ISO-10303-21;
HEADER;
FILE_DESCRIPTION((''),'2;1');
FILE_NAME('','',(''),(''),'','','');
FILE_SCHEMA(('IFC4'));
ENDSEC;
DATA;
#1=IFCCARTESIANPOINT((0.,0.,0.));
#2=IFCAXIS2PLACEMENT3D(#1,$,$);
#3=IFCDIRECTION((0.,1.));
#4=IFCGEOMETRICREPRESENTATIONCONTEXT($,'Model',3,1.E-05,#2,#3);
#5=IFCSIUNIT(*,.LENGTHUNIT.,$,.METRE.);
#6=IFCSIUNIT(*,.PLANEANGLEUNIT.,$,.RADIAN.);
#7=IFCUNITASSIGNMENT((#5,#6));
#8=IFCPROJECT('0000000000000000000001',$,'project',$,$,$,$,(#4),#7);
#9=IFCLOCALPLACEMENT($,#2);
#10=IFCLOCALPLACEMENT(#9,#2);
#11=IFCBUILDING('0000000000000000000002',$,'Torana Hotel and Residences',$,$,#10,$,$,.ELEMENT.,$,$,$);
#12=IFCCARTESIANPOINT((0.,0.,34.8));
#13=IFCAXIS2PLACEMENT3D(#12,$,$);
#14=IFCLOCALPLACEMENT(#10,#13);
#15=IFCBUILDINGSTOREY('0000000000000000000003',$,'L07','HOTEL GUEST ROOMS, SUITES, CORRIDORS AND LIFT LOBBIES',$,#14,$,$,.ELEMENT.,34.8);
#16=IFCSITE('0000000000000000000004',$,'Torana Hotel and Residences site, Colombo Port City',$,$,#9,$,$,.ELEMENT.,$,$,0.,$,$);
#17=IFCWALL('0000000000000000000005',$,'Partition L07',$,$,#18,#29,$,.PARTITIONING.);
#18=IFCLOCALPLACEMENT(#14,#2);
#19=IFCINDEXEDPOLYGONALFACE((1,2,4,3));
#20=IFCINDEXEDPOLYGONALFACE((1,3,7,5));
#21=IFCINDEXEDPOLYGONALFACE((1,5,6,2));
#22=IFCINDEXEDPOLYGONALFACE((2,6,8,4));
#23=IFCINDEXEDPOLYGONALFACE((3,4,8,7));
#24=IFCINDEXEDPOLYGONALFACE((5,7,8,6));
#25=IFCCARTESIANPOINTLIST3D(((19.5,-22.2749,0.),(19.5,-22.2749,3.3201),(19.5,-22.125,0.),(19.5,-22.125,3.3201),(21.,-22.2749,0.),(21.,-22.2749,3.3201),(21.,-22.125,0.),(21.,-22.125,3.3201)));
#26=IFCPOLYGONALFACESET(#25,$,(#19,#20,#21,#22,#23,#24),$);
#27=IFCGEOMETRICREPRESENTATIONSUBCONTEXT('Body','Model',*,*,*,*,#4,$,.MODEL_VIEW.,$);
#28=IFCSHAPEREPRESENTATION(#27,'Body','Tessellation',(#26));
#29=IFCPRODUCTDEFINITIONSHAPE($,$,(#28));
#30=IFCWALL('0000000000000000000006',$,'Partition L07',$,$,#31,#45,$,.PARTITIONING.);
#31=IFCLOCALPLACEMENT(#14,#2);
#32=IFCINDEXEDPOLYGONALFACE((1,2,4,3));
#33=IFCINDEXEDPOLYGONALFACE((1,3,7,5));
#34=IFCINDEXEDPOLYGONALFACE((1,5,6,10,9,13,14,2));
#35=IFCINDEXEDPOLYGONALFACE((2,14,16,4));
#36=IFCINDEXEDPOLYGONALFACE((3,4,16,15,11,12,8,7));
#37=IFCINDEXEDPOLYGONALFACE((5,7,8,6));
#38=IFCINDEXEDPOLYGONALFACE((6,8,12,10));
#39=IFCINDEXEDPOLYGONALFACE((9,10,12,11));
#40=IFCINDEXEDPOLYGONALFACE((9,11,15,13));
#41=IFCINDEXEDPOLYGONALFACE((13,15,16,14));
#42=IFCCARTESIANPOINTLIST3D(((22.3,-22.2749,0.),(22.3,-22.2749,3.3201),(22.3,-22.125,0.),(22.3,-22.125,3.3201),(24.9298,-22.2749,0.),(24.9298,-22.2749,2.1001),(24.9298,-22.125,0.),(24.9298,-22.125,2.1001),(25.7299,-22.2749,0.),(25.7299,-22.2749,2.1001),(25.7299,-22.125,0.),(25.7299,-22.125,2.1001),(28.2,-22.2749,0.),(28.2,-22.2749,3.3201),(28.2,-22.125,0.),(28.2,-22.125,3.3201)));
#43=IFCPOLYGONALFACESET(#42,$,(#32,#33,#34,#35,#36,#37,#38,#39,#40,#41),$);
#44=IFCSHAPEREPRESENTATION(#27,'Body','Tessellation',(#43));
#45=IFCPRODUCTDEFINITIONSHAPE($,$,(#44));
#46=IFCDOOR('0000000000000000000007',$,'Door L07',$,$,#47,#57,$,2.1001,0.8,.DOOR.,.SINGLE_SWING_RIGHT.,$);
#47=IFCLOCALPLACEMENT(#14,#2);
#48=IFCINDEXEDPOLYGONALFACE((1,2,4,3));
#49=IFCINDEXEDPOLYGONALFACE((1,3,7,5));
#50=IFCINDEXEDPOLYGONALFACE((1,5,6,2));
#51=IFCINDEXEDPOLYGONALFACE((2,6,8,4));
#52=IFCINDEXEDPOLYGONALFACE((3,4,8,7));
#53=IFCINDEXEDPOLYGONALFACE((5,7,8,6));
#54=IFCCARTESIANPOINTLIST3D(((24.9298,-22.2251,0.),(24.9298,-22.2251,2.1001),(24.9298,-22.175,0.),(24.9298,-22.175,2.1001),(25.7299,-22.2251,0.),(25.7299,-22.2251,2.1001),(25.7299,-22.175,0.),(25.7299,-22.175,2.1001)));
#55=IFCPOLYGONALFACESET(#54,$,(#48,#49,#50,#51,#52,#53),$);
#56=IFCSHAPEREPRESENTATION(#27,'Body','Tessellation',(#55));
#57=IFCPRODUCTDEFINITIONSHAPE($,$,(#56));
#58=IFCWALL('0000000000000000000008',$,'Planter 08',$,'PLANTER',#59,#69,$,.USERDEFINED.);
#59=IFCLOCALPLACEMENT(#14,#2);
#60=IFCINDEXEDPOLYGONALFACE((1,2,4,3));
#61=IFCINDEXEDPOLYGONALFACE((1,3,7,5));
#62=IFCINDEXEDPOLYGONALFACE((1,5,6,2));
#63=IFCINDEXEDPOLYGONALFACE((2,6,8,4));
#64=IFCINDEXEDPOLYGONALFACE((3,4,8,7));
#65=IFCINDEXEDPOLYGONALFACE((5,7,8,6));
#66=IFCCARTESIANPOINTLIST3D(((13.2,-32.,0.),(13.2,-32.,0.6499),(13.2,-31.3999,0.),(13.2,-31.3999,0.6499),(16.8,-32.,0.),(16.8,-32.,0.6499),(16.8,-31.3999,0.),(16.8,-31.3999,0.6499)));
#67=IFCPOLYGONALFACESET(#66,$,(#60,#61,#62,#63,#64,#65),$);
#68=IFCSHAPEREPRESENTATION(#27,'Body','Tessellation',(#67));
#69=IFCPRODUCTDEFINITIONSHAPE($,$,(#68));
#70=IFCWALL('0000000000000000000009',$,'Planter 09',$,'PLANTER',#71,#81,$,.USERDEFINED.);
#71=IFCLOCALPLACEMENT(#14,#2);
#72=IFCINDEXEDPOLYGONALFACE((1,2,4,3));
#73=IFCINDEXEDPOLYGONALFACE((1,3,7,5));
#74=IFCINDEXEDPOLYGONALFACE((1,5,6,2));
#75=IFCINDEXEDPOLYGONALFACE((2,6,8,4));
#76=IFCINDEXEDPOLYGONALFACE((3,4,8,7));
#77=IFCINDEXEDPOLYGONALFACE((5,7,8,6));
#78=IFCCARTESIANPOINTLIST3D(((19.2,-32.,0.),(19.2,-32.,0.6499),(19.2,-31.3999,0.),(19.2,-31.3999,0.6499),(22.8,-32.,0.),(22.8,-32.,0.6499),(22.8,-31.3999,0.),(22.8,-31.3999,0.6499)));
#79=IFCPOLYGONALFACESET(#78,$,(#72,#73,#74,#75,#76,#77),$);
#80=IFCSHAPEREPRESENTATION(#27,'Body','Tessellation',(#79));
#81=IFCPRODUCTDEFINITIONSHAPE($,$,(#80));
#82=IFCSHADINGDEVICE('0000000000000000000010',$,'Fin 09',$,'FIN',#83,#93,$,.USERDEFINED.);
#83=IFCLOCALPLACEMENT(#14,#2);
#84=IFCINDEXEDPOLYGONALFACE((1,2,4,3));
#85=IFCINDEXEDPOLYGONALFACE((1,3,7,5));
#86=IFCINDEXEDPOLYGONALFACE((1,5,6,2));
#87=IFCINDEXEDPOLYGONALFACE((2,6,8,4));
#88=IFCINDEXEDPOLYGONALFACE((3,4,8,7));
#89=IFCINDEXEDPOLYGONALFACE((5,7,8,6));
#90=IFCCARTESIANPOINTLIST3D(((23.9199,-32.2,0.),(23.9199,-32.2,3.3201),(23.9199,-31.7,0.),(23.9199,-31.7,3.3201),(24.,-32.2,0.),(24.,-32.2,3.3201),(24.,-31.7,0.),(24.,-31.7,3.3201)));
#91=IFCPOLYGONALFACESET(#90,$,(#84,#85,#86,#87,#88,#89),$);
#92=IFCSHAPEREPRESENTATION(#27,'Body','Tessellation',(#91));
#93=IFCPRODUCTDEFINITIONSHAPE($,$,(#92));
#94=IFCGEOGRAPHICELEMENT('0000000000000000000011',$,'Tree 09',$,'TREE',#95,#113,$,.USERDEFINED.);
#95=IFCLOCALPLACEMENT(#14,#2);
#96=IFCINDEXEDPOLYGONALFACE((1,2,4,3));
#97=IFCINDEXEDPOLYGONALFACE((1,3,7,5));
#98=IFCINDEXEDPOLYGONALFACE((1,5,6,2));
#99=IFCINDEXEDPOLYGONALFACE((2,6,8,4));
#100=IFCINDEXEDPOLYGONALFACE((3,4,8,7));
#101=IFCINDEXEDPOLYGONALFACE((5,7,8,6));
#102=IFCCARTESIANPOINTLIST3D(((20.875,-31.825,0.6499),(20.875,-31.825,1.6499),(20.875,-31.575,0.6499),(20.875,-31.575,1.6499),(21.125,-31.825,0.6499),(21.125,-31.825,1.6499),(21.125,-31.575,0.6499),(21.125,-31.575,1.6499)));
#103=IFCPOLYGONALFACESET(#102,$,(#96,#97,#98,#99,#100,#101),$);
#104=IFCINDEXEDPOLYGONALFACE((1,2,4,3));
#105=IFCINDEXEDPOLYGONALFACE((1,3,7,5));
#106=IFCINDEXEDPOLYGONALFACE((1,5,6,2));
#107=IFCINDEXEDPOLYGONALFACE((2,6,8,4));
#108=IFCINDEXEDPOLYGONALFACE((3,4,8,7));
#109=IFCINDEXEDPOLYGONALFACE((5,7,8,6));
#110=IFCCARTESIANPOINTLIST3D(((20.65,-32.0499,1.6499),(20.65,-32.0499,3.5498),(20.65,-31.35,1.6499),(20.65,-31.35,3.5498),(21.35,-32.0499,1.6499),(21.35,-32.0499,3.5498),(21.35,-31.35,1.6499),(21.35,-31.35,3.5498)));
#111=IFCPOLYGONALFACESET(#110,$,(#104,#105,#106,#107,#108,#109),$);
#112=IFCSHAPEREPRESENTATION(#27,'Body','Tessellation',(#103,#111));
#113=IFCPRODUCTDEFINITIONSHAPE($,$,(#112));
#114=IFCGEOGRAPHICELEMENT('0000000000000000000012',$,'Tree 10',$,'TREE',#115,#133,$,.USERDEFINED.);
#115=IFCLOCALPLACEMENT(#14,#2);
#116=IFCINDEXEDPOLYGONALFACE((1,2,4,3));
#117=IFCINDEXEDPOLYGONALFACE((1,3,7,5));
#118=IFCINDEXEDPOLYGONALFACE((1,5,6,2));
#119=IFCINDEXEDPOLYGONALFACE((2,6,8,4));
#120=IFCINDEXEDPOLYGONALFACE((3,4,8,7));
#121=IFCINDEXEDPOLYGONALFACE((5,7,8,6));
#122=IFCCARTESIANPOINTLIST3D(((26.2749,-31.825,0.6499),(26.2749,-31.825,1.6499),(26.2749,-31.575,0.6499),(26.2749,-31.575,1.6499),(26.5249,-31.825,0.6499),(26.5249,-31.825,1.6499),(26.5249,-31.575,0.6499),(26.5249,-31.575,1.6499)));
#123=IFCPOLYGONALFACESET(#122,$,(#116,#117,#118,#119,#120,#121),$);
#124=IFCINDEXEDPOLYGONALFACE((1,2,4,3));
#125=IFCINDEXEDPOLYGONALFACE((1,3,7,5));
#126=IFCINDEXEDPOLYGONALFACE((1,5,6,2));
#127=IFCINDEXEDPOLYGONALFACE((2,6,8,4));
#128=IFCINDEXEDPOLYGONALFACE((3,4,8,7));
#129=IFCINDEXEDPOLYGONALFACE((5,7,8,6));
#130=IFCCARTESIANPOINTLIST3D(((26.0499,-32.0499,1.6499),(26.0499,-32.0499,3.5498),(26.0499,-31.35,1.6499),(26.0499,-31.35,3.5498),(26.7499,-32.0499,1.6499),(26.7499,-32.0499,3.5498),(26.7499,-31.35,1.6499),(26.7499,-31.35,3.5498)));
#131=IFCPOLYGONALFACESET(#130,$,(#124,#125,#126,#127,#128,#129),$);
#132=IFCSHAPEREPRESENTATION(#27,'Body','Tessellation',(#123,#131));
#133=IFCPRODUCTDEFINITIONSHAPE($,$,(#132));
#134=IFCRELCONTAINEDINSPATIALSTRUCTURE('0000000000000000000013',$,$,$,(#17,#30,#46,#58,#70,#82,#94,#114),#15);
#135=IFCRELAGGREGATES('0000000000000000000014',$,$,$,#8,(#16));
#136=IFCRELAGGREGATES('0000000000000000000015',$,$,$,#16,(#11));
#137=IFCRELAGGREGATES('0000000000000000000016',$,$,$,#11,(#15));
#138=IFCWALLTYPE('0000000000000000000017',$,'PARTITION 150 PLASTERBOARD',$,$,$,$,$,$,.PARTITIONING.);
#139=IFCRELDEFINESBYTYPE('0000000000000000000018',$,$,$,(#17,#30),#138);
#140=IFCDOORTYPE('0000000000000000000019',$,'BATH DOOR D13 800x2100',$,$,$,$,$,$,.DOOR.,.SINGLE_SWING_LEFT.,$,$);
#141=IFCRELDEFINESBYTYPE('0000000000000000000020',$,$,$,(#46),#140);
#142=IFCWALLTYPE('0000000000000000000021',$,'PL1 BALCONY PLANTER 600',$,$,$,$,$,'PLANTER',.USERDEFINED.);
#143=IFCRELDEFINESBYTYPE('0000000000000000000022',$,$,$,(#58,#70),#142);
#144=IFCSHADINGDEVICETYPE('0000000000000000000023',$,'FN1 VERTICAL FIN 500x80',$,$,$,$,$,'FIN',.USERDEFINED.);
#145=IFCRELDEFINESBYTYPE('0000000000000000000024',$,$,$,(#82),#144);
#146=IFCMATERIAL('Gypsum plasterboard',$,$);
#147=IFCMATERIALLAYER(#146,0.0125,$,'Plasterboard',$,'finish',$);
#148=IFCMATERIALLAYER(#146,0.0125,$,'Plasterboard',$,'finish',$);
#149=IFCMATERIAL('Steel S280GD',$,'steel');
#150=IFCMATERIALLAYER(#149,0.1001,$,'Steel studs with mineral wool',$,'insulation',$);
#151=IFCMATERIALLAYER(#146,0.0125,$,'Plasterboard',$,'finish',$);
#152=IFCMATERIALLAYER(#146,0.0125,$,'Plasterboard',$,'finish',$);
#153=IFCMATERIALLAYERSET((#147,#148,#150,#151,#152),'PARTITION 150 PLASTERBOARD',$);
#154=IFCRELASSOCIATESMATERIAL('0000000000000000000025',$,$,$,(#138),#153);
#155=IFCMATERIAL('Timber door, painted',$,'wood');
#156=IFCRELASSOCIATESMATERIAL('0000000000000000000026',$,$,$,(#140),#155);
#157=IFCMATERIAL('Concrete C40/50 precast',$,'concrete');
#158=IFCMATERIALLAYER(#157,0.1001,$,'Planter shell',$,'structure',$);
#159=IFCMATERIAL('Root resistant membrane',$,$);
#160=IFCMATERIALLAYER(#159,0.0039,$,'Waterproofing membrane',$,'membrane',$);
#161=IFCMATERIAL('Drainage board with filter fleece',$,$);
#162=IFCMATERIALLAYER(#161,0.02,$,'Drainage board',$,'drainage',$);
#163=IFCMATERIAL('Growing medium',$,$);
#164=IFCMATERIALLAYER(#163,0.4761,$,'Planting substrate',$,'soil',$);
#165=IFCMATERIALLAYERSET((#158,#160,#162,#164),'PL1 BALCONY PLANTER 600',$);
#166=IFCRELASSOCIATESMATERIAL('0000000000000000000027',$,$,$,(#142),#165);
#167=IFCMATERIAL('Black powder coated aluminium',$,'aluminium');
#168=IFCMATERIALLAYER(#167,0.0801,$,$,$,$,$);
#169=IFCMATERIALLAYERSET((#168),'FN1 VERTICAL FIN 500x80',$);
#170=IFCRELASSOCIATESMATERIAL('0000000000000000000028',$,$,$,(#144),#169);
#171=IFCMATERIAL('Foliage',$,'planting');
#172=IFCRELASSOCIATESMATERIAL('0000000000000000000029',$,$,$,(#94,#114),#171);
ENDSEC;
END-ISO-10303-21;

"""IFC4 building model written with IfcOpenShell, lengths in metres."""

from ifc_helpers import new_model, si_unit, direction, frame, frame_2d, origin, origin_2d, place, context, subcontext, project, spatial, rectangle, extrude, material, layer, layer_set, type_object, element, fill, save


model = new_model("IFC4")

# Units and contexts
model_context = context("Model", 3, precision=1e-05, world=origin(), true_north=direction((0.0, 1.0)))
body_context = subcontext(model_context, "Body", "Model", "MODEL_VIEW")
ifc_project = project(units=[si_unit("LENGTHUNIT", "METRE"), si_unit("PLANEANGLEUNIT", "RADIAN")], contexts=[model_context])

# Site, building, storey
site_placement = place(None, origin())
site = spatial("IfcSite", under=ifc_project, at=site_placement, Name="Torana Hotel and Residences site, Colombo Port City", CompositionType="ELEMENT", RefElevation=0.0)
building_placement = place(site_placement, origin())
building = spatial("IfcBuilding", under=site, at=building_placement, Name="Torana Hotel and Residences", CompositionType="ELEMENT")
storey_placement = place(building_placement, frame((0.0, 0.0, 34.8)))
storey = spatial("IfcBuildingStorey", under=building, at=storey_placement, Name="L07", Description="HOTEL GUEST ROOMS, SUITES, CORRIDORS AND LIFT LOBBIES", CompositionType="ELEMENT", Elevation=34.8)

# Shared definitions
ifc_material_1 = material(Name="Gypsum plasterboard")
ifc_layer_1 = layer(ifc_material_1, 0.0125, Name="Plasterboard", Category="finish")
ifc_layer_2 = layer(ifc_material_1, 0.0125, Name="Plasterboard", Category="finish")
ifc_material_2 = material(Name="Steel S280GD", Category="steel")
ifc_layer_3 = layer(ifc_material_2, 0.1001, Name="Steel studs with mineral wool", Category="insulation")
ifc_layer_4 = layer(ifc_material_1, 0.0125, Name="Plasterboard", Category="finish")
ifc_layer_5 = layer(ifc_material_1, 0.0125, Name="Plasterboard", Category="finish")
ifc_layer_set_1 = layer_set([ifc_layer_1, ifc_layer_2, ifc_layer_3, ifc_layer_4, ifc_layer_5], Name="PARTITION 150 PLASTERBOARD")
wall_type_1 = type_object("IfcWallType", Name="PARTITION 150 PLASTERBOARD", PredefinedType="PARTITIONING", material=ifc_layer_set_1)

# Shared definitions
ifc_material_3 = material(Name="Timber door, painted", Category="wood")
door_type_1 = type_object("IfcDoorType", Name="BATH DOOR D13 800x2100", OperationType="SINGLE_SWING_LEFT", PredefinedType="DOOR", material=ifc_material_3)

# Wall
wall_1_placement = place(storey_placement, frame((19.5, -22.2, 0.0), z_axis=(0.0, 0.0, 1.0), x_axis=(1.0, 0.0, 0.0)))
element("IfcWall", 1, at=wall_1_placement, inside=storey, type_object=wall_type_1, Name="Partition L07", PredefinedType="PARTITIONING", context=body_context, shape_type="SweptSolid", body=[
    extrude(rectangle(XDim=1.5, YDim=0.1499, at=frame_2d((0.75, 0.0))), origin(), (0.0, 0.0, 1.0), 3.3201),
])

# Wall, opening, door
wall_2_placement = place(storey_placement, frame((22.3, -22.2, 0.0), z_axis=(0.0, 0.0, 1.0), x_axis=(1.0, 0.0, 0.0)))
wall_2 = element("IfcWall", 2, at=wall_2_placement, inside=storey, type_object=wall_type_1, Name="Partition L07", PredefinedType="PARTITIONING", context=body_context, shape_type="SweptSolid", body=[
    extrude(rectangle(XDim=5.8999, YDim=0.1499, at=frame_2d((2.95, 0.0))), origin(), (0.0, 0.0, 1.0), 3.3201),
])
opening_1_placement = place(wall_2_placement, frame((2.6299, 0.0, 0.0)))
opening_1 = element("IfcOpeningElement", 3, at=opening_1_placement, cuts=wall_2, PredefinedType="OPENING", context=body_context, shape_type="SweptSolid", body=[
    extrude(rectangle(XDim=0.8, YDim=2.1001, at=frame_2d((0.3999, 1.05))), frame((0.0, 0.085, 0.0), z_axis=(0.0, -1.0, 0.0), x_axis=(1.0, 0.0, 0.0)), (0.0, 0.0, 1.0), 0.1699),
])
door_1_placement = place(opening_1_placement, origin())
door_1 = element("IfcDoor", 4, at=door_1_placement, inside=storey, type_object=door_type_1, Name="Door L07", OperationType="SINGLE_SWING_RIGHT", OverallHeight=2.1001, OverallWidth=0.8, PredefinedType="DOOR", context=body_context, shape_type="SweptSolid", body=[
    extrude(rectangle(XDim=0.8, YDim=2.1001, at=frame_2d((0.3999, 1.05))), frame((0.0, 0.0249, 0.0), z_axis=(0.0, -1.0, 0.0), x_axis=(1.0, 0.0, 0.0)), (0.0, 0.0, 1.0), 0.05),
])
fill(opening_1, door_1)

# Walls
ifc_material_4 = material(Name="Concrete C40/50 precast", Category="concrete")
ifc_layer_6 = layer(ifc_material_4, 0.1001, Name="Planter shell", Category="structure")
ifc_material_5 = material(Name="Root resistant membrane")
ifc_layer_7 = layer(ifc_material_5, 0.0039, Name="Waterproofing membrane", Category="membrane")
ifc_material_6 = material(Name="Drainage board with filter fleece")
ifc_layer_8 = layer(ifc_material_6, 0.02, Name="Drainage board", Category="drainage")
ifc_material_7 = material(Name="Growing medium")
ifc_layer_9 = layer(ifc_material_7, 0.4761, Name="Planting substrate", Category="soil")
ifc_layer_set_2 = layer_set([ifc_layer_6, ifc_layer_7, ifc_layer_8, ifc_layer_9], Name="PL1 BALCONY PLANTER 600")
wall_type_2 = type_object("IfcWallType", Name="PL1 BALCONY PLANTER 600", ElementType="PLANTER", PredefinedType="USERDEFINED", material=ifc_layer_set_2)
for number, where, z_axis, x_axis, name in (
    (5, (16.8, -31.7, 0.0), (0.0, 0.0, 1.0), (-1.0, 0.0, 0.0), "Planter 08"),
    (6, (22.8, -31.7, 0.0), (0.0, 0.0, 1.0), (-1.0, 0.0, 0.0), "Planter 09"),
):
    element("IfcWall", number, at=place(storey_placement, frame(where, z_axis=z_axis, x_axis=x_axis)), inside=storey, type_object=wall_type_2, Name=name, ObjectType="PLANTER", PredefinedType="USERDEFINED", context=body_context, shape_type="SweptSolid", body=[
        extrude(rectangle(XDim=3.6001, YDim=0.6001, at=frame_2d((1.8, 0.0))), origin(), (0.0, 0.0, 1.0), 0.6499),
    ])

# Shading device
ifc_material_8 = material(Name="Black powder coated aluminium", Category="aluminium")
ifc_layer_10 = layer(ifc_material_8, 0.0801)
ifc_layer_set_3 = layer_set([ifc_layer_10], Name="FN1 VERTICAL FIN 500x80")
shading_device_type = type_object("IfcShadingDeviceType", Name="FN1 VERTICAL FIN 500x80", ElementType="FIN", PredefinedType="USERDEFINED", material=ifc_layer_set_3)
shading_device_placement = place(storey_placement, frame((23.96, -31.95, 0.0), z_axis=(0.0, 0.0, 1.0), x_axis=(-1.0, 0.0, 0.0)))
element("IfcShadingDevice", 7, at=shading_device_placement, inside=storey, type_object=shading_device_type, Name="Fin 09", ObjectType="FIN", PredefinedType="USERDEFINED", context=body_context, shape_type="SweptSolid", body=[
    extrude(rectangle(XDim=0.0801, YDim=0.5, at=origin_2d()), origin(), (0.0, 0.0, 1.0), 3.3201),
])

# Geographic elements
ifc_material_9 = material(Name="Foliage", Category="planting")
for number, where, z_axis, x_axis, name in (
    (8, (21.0, -31.7, 0.6499), (0.0, 0.0, 1.0), (1.0, 0.0, 0.0), "Tree 09"),
    (9, (26.3999, -31.7, 0.6499), (0.0, 0.0, 1.0), (1.0, 0.0, 0.0), "Tree 10"),
):
    element("IfcGeographicElement", number, at=place(storey_placement, frame(where, z_axis=z_axis, x_axis=x_axis)), inside=storey, material=ifc_material_9, Name=name, ObjectType="TREE", PredefinedType="USERDEFINED", context=body_context, shape_type="SweptSolid", body=[
        extrude(rectangle(XDim=0.25, YDim=0.25, at=origin_2d()), origin(), (0.0, 0.0, 1.0), 1.0),
        extrude(rectangle(XDim=0.7, YDim=0.7, at=origin_2d()), frame((0.0, 0.0, 1.0)), (0.0, 0.0, 1.0), 1.8999),
    ])

save(model, "model.ifc")
